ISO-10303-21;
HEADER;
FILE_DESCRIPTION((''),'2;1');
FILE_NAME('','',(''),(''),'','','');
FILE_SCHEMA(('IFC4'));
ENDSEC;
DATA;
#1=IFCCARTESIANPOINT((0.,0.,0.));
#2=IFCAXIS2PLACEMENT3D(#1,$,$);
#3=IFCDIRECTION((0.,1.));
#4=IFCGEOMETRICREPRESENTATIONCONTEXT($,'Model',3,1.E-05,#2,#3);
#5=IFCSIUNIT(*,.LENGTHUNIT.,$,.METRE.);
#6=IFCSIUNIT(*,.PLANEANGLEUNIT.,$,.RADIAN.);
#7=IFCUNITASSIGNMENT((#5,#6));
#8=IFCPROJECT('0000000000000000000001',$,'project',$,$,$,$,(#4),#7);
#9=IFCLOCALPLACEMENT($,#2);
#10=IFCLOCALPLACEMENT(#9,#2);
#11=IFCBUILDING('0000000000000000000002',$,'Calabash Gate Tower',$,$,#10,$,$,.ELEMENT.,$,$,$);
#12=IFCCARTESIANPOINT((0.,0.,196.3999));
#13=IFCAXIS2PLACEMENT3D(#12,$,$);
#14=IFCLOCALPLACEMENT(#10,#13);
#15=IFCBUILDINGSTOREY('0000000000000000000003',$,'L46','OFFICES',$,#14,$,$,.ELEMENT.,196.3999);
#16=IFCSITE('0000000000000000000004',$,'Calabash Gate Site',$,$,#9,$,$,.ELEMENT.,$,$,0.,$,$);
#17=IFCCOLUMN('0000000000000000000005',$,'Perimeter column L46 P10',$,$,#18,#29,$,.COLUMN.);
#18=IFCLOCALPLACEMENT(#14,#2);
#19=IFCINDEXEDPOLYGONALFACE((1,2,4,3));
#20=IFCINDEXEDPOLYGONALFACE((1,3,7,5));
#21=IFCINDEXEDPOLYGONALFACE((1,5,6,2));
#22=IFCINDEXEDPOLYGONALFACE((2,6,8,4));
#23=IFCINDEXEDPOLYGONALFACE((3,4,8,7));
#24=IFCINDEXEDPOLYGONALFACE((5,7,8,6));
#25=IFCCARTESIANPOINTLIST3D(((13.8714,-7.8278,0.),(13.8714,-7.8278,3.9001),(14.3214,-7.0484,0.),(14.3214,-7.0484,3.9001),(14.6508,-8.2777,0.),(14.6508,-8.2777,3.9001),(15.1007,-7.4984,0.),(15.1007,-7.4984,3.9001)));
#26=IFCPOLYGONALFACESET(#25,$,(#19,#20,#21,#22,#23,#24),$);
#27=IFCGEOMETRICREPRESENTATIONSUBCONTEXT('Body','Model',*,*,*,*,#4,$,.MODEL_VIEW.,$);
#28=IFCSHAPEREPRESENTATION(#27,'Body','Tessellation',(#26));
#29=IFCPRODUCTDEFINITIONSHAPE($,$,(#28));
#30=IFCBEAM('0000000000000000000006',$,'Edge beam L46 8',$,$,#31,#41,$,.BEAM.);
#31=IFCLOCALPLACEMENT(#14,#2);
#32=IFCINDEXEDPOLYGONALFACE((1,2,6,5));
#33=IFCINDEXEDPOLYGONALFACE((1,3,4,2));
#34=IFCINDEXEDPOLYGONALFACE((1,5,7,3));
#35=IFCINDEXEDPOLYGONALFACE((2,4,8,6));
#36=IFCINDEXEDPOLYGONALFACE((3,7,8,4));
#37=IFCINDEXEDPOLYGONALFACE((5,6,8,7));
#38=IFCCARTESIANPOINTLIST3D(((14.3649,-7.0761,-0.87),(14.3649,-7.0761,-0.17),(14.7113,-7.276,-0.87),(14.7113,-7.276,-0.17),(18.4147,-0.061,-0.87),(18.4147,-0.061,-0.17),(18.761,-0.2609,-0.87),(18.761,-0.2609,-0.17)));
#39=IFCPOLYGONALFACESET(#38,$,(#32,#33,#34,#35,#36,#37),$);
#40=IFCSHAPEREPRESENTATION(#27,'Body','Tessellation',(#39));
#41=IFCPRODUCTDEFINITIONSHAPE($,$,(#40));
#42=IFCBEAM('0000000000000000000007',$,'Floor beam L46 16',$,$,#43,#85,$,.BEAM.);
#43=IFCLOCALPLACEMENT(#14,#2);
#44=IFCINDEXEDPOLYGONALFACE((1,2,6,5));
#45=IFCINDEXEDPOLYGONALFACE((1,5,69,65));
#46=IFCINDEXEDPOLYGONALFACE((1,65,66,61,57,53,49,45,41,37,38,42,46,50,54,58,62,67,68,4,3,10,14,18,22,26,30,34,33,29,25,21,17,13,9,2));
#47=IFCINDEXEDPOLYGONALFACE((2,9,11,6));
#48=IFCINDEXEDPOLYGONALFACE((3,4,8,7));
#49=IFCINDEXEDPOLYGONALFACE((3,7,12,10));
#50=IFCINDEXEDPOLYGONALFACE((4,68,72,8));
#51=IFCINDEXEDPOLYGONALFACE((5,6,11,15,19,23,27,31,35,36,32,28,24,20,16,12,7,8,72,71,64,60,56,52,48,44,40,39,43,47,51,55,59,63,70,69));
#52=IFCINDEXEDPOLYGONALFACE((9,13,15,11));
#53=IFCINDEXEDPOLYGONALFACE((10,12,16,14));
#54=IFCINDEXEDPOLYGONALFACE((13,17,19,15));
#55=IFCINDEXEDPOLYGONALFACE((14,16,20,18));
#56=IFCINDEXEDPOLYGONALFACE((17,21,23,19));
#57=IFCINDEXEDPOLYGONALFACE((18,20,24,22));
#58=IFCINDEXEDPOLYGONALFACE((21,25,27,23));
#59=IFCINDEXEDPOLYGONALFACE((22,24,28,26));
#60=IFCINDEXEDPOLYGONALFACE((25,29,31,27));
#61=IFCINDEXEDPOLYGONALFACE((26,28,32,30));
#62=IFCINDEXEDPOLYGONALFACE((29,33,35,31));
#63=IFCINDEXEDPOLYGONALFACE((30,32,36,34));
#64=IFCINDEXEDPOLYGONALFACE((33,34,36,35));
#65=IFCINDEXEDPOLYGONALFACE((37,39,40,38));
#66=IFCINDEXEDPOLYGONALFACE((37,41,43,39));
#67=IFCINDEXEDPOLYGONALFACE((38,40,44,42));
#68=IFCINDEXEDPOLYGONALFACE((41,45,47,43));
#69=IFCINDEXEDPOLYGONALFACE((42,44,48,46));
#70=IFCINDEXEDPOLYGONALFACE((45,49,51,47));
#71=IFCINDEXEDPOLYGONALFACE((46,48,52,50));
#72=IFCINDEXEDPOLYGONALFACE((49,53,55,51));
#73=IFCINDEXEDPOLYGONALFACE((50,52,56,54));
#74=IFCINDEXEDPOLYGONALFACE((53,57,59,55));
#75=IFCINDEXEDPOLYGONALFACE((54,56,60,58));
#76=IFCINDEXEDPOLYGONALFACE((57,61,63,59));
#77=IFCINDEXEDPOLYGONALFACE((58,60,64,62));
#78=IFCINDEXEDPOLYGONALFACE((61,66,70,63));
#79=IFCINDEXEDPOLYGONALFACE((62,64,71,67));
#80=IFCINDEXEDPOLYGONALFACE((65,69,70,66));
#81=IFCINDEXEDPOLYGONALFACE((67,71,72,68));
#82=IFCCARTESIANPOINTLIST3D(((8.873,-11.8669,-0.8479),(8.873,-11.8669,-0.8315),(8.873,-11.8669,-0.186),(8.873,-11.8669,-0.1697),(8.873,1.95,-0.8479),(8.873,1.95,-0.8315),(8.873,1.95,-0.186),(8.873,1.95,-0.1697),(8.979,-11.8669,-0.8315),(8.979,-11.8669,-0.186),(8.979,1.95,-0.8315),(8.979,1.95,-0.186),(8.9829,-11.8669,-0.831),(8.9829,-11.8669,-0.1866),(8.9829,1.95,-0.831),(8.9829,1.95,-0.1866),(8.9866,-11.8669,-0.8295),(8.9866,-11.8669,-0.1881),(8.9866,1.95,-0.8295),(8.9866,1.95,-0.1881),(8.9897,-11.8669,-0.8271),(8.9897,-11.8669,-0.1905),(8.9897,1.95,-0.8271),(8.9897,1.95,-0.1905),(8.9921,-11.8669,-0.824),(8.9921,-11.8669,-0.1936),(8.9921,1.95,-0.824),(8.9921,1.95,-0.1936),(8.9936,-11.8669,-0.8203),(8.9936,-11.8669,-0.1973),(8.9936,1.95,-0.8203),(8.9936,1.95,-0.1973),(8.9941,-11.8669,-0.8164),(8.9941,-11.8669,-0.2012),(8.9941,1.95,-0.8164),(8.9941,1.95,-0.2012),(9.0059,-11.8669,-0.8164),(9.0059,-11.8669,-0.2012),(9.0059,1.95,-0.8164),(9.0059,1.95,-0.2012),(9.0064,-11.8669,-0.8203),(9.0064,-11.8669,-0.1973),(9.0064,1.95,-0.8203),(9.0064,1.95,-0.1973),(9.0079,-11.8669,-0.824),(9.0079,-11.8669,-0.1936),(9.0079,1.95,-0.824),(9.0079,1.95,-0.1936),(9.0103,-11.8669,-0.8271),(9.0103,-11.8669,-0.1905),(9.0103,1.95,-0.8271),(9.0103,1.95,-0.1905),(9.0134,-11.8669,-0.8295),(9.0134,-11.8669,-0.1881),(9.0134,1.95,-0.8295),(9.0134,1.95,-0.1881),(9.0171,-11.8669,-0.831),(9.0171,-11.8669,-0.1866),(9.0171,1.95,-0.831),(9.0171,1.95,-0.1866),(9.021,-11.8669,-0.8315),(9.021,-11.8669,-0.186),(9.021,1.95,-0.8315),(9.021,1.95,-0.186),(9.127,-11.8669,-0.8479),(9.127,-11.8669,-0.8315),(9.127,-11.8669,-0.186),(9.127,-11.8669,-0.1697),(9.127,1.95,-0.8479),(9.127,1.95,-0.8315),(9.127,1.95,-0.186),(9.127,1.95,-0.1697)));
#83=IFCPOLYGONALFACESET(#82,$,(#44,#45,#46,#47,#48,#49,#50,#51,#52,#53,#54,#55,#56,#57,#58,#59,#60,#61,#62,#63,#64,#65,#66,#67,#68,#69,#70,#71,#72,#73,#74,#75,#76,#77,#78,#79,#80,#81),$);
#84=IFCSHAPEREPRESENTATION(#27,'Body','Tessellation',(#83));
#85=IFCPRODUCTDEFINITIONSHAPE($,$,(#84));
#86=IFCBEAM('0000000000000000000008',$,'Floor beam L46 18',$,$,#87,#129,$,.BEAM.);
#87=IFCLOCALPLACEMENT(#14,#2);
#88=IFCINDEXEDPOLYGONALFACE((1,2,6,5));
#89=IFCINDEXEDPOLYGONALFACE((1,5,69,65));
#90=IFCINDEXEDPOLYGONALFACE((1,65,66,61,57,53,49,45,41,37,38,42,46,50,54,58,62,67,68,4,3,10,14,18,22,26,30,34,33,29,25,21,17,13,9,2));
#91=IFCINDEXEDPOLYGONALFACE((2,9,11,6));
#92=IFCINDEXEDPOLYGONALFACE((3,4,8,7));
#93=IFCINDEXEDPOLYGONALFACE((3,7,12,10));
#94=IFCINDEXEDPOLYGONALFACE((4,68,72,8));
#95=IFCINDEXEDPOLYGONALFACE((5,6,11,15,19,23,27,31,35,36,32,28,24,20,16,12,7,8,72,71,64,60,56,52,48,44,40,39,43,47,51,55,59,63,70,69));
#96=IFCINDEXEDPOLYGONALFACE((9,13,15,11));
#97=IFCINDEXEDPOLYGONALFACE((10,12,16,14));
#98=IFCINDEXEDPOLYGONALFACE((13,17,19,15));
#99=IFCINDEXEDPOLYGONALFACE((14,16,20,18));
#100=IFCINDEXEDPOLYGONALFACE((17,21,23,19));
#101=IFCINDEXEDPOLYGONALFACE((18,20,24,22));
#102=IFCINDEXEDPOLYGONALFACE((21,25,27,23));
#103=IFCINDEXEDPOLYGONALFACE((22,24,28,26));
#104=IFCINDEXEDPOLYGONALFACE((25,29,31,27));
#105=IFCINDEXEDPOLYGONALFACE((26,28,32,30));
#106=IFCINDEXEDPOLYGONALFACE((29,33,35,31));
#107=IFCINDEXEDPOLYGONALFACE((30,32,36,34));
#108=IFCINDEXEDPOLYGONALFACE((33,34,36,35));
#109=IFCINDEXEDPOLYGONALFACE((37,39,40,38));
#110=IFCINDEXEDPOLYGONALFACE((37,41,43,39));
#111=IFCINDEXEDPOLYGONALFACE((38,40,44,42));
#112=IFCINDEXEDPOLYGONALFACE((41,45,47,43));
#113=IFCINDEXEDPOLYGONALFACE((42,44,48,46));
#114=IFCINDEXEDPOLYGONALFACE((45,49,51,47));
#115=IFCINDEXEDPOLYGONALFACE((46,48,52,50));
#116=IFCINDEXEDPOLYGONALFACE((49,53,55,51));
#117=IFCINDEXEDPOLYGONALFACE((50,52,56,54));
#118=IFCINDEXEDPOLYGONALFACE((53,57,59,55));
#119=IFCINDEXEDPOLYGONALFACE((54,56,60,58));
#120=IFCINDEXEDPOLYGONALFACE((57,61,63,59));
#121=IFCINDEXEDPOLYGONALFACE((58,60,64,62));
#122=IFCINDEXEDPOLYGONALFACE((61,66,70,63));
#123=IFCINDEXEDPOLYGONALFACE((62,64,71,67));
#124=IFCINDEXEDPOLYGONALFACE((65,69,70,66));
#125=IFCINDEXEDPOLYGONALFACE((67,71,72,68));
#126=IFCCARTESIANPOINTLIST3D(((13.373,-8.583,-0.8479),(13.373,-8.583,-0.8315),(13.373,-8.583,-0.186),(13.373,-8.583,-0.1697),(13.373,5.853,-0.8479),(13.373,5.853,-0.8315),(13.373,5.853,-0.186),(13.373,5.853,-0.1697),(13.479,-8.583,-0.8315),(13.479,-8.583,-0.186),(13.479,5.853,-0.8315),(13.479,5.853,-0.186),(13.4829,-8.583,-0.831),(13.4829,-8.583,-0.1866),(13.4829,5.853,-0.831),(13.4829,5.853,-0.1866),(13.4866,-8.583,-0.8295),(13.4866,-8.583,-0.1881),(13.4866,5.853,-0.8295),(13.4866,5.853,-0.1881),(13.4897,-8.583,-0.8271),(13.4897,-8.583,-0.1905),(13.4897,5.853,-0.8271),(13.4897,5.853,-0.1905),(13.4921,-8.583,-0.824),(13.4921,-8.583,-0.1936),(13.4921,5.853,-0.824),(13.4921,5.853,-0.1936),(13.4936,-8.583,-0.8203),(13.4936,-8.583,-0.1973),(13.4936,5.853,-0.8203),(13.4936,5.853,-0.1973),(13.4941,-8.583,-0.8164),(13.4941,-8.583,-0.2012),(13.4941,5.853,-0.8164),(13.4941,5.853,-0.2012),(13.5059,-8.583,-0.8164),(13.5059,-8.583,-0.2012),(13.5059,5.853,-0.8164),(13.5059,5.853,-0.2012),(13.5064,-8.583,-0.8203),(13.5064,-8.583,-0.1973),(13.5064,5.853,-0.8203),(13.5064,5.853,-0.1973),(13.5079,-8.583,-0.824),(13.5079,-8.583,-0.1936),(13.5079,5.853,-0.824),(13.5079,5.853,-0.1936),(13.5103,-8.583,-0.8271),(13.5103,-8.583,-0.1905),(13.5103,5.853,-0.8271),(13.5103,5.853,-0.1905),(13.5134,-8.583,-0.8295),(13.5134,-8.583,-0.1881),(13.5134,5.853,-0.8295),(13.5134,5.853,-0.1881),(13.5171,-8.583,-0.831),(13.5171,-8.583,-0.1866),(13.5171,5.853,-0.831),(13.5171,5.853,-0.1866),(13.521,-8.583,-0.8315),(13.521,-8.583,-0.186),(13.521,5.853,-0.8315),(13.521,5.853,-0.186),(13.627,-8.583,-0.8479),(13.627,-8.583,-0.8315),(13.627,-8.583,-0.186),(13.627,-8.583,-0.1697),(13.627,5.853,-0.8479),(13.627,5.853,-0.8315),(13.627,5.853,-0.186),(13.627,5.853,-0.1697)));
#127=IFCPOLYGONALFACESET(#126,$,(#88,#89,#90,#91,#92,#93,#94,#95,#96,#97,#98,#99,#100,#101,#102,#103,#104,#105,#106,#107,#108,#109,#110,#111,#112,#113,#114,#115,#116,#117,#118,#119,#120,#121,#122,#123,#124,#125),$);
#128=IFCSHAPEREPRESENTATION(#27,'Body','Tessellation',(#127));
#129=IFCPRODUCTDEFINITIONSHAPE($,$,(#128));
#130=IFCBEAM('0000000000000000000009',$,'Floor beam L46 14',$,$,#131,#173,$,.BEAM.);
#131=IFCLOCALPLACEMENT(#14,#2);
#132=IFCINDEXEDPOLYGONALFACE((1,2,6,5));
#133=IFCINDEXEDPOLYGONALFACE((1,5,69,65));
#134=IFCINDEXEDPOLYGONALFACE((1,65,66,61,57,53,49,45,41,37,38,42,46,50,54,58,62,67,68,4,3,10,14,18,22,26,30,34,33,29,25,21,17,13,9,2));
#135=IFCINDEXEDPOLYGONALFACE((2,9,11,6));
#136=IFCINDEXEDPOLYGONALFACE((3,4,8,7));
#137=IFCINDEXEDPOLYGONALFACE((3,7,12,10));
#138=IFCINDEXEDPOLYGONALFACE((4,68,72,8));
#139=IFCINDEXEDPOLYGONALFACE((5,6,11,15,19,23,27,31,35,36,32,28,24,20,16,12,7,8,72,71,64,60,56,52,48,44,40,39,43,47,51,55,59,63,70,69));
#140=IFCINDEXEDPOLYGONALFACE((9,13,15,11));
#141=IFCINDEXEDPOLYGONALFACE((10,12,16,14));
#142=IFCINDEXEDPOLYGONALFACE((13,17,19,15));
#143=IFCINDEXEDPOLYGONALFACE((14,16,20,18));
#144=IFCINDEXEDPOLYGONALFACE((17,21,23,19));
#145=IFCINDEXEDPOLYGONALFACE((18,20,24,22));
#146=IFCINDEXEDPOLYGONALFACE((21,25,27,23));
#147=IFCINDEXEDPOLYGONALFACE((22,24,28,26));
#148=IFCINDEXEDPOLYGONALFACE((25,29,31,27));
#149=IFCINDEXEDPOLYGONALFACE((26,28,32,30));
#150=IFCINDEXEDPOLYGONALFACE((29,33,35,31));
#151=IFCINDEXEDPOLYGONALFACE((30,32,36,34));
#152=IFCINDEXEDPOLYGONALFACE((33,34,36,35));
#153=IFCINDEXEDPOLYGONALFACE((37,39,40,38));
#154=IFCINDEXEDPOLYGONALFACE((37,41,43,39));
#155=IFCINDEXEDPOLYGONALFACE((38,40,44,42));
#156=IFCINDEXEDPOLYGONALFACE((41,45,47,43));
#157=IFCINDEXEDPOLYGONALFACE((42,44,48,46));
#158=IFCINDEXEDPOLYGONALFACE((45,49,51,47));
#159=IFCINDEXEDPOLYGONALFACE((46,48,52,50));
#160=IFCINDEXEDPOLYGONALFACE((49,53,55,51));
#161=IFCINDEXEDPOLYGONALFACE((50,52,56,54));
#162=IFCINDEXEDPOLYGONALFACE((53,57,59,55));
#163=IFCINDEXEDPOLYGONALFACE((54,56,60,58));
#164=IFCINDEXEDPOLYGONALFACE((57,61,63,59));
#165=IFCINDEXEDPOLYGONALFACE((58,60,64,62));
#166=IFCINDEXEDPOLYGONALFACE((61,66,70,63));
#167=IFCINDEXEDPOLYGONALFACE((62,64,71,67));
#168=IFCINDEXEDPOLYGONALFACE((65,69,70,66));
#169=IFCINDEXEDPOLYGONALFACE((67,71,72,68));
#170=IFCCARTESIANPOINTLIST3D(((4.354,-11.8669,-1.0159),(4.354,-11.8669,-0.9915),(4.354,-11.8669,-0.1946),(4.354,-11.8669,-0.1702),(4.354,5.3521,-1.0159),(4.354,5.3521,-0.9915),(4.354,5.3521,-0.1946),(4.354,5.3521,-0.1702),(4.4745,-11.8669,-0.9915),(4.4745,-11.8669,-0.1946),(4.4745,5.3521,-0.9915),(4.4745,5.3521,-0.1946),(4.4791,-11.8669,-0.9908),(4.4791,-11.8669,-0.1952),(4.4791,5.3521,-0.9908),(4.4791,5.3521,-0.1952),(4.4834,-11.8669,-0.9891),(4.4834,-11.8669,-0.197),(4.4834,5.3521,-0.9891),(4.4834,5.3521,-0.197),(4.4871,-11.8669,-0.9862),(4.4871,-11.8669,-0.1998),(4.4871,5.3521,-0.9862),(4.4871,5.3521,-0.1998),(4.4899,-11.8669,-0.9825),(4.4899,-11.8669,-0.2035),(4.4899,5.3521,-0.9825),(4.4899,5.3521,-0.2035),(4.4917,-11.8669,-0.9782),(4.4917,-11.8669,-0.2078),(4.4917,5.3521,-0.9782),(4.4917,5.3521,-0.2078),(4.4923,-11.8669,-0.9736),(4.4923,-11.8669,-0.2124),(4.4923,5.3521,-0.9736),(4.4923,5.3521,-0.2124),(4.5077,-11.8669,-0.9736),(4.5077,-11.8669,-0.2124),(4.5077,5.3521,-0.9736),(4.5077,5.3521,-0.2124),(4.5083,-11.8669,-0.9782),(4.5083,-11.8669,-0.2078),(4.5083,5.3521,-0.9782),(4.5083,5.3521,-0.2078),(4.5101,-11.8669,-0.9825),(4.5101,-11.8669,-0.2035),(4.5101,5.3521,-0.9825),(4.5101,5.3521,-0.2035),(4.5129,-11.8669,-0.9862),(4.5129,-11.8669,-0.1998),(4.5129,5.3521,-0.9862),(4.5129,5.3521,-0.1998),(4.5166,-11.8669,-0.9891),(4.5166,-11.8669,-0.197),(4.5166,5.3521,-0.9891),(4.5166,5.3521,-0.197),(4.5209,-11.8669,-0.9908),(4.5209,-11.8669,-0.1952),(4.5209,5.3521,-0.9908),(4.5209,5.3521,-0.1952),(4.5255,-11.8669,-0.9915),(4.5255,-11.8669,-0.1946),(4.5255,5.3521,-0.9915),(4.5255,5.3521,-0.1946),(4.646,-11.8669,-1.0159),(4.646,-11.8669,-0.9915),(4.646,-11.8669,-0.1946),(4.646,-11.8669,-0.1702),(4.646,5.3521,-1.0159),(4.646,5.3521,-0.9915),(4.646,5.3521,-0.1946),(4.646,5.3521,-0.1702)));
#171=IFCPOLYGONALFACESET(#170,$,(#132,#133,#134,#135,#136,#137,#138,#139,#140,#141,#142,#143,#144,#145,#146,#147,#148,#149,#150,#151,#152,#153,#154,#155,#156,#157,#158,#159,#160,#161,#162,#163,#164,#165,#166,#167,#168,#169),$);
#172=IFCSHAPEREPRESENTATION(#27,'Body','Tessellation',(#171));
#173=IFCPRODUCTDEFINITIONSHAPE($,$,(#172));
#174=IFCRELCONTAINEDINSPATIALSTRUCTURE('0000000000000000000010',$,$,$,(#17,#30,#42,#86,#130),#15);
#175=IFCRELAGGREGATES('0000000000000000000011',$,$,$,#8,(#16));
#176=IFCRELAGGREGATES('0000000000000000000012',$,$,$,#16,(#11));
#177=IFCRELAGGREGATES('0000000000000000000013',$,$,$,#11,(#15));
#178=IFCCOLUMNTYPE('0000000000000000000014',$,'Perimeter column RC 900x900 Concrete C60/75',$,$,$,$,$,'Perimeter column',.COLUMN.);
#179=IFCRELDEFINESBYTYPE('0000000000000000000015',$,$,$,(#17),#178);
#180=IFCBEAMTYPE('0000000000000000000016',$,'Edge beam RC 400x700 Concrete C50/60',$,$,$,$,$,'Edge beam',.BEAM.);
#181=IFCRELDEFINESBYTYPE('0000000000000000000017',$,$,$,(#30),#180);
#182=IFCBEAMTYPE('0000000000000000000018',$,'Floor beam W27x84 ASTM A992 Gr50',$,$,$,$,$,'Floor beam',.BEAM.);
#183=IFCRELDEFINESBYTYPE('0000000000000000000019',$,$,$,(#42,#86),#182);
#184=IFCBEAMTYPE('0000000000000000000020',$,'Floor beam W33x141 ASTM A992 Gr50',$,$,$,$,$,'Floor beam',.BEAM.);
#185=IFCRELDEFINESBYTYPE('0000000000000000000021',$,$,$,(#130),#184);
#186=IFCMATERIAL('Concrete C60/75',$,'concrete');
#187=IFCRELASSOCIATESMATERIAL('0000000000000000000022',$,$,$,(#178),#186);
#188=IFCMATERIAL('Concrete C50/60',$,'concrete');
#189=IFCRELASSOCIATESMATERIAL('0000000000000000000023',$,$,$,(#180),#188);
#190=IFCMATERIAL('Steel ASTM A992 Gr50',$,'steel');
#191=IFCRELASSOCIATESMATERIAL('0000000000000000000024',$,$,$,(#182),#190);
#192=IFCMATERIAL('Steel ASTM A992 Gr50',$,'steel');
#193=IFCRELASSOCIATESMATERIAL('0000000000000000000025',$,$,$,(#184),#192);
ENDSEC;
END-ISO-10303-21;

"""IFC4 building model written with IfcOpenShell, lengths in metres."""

from ifc_helpers import new_model, si_unit, direction, frame, origin, origin_2d, place, context, subcontext, project, spatial, rectangle, i_section, extrude, material, material_profile, profile_set, type_object, element, save


model = new_model("IFC4")

# Units and contexts
model_context = context("Model", 3, precision=1e-05, world=origin(), true_north=direction((0.0, 1.0)))
body_context = subcontext(model_context, "Body", "Model", "MODEL_VIEW")
ifc_project = project(units=[si_unit("LENGTHUNIT", "METRE"), si_unit("PLANEANGLEUNIT", "RADIAN")], contexts=[model_context])

# Site, building, storey
site_placement = place(None, origin())
site = spatial("IfcSite", under=ifc_project, at=site_placement, Name="Calabash Gate Site", CompositionType="ELEMENT", RefElevation=0.0)
building_placement = place(site_placement, origin())
building = spatial("IfcBuilding", under=site, at=building_placement, Name="Calabash Gate Tower", CompositionType="ELEMENT")
storey_placement = place(building_placement, frame((0.0, 0.0, 196.3999)))
storey = spatial("IfcBuildingStorey", under=building, at=storey_placement, Name="L46", Description="OFFICES", CompositionType="ELEMENT", Elevation=196.3999)

# Column
ifc_material_1 = material(Name="Concrete C60/75", Category="concrete")
ifc_material_profile_1 = material_profile(ifc_material_1, rectangle(XDim=0.8999, YDim=0.8999, at=origin_2d()))
ifc_profile_set_1 = profile_set([ifc_material_profile_1], Name="Concrete C60/75")
column_type = type_object("IfcColumnType", Name="Perimeter column RC 900x900 Concrete C60/75", ElementType="Perimeter column", PredefinedType="COLUMN", material=ifc_profile_set_1)
column_placement = place(storey_placement, frame((14.4861, -7.6631, 0.0), z_axis=(0.0, 0.0, 1.0), x_axis=(0.5, 0.866025, 0.0)))
element("IfcColumn", 1, at=column_placement, inside=storey, type_object=column_type, Name="Perimeter column L46 P10", PredefinedType="COLUMN", context=body_context, shape_type="SweptSolid", body=[
    extrude(rectangle(XDim=0.8999, YDim=0.8999, at=origin_2d()), origin(), (0.0, 0.0, 1.0), 3.9001),
])

# Beams
ifc_material_2 = material(Name="Concrete C50/60", Category="concrete")
ifc_material_profile_2 = material_profile(ifc_material_2, rectangle(XDim=0.3999, YDim=0.7, at=origin_2d()))
ifc_profile_set_2 = profile_set([ifc_material_profile_2], Name="Concrete C50/60")
beam_type_1 = type_object("IfcBeamType", Name="Edge beam RC 400x700 Concrete C50/60", ElementType="Edge beam", PredefinedType="BEAM", material=ifc_profile_set_2)
beam_1_placement = place(storey_placement, frame((14.5381, -7.176, -0.52), z_axis=(0.499964, 0.866046, 0.0), x_axis=(-0.866046, 0.499964, 0.0)))
element("IfcBeam", 2, at=beam_1_placement, inside=storey, type_object=beam_type_1, Name="Edge beam L46 8", PredefinedType="BEAM", context=body_context, shape_type="SweptSolid", body=[
    extrude(rectangle(XDim=0.3999, YDim=0.7, at=origin_2d()), origin(), (0.0, 0.0, 1.0), 8.1001),
])
ifc_material_3 = material(Name="Steel ASTM A992 Gr50", Category="steel")
ifc_material_profile_3 = material_profile(ifc_material_3, i_section(OverallWidth=0.2539, OverallDepth=0.6782, WebThickness=0.0117, FlangeThickness=0.0164, FilletRadius=0.0151, at=origin_2d()))
ifc_profile_set_3 = profile_set([ifc_material_profile_3], Name="Steel ASTM A992 Gr50")
beam_type_2 = type_object("IfcBeamType", Name="Floor beam W27x84 ASTM A992 Gr50", ElementType="Floor beam", PredefinedType="BEAM", material=ifc_profile_set_3)
beam_2_placement = place(storey_placement, frame((9.0, -11.8669, -0.5088), z_axis=(0.0, 1.0, 0.0), x_axis=(-1.0, 0.0, 0.0)))
element("IfcBeam", 3, at=beam_2_placement, inside=storey, type_object=beam_type_2, Name="Floor beam L46 16", PredefinedType="BEAM", context=body_context, shape_type="SweptSolid", body=[
    extrude(i_section(OverallWidth=0.2539, OverallDepth=0.6782, WebThickness=0.0117, FlangeThickness=0.0164, FilletRadius=0.0151, at=origin_2d()), origin(), (0.0, 0.0, 1.0), 13.8169),
])
beam_3_placement = place(storey_placement, frame((13.5, -8.583, -0.5088), z_axis=(0.0, 1.0, 0.0), x_axis=(-1.0, 0.0, 0.0)))
element("IfcBeam", 4, at=beam_3_placement, inside=storey, type_object=beam_type_2, Name="Floor beam L46 18", PredefinedType="BEAM", context=body_context, shape_type="SweptSolid", body=[
    extrude(i_section(OverallWidth=0.2539, OverallDepth=0.6782, WebThickness=0.0117, FlangeThickness=0.0164, FilletRadius=0.0151, at=origin_2d()), origin(), (0.0, 0.0, 1.0), 14.436),
])
ifc_material_4 = material(Name="Steel ASTM A992 Gr50", Category="steel")
ifc_material_profile_4 = material_profile(ifc_material_4, i_section(OverallWidth=0.292, OverallDepth=0.8457, WebThickness=0.0154, FlangeThickness=0.0244, FilletRadius=0.0178, at=origin_2d()))
ifc_profile_set_4 = profile_set([ifc_material_profile_4], Name="Steel ASTM A992 Gr50")
beam_type_3 = type_object("IfcBeamType", Name="Floor beam W33x141 ASTM A992 Gr50", ElementType="Floor beam", PredefinedType="BEAM", material=ifc_profile_set_4)
beam_4_placement = place(storey_placement, frame((4.5, -11.8669, -0.593), z_axis=(0.0, 1.0, 0.0), x_axis=(-1.0, 0.0, 0.0)))
element("IfcBeam", 5, at=beam_4_placement, inside=storey, type_object=beam_type_3, Name="Floor beam L46 14", PredefinedType="BEAM", context=body_context, shape_type="SweptSolid", body=[
    extrude(i_section(OverallWidth=0.292, OverallDepth=0.8457, WebThickness=0.0154, FlangeThickness=0.0244, FilletRadius=0.0178, at=origin_2d()), origin(), (0.0, 0.0, 1.0), 17.219),
])

save(model, "model.ifc")
